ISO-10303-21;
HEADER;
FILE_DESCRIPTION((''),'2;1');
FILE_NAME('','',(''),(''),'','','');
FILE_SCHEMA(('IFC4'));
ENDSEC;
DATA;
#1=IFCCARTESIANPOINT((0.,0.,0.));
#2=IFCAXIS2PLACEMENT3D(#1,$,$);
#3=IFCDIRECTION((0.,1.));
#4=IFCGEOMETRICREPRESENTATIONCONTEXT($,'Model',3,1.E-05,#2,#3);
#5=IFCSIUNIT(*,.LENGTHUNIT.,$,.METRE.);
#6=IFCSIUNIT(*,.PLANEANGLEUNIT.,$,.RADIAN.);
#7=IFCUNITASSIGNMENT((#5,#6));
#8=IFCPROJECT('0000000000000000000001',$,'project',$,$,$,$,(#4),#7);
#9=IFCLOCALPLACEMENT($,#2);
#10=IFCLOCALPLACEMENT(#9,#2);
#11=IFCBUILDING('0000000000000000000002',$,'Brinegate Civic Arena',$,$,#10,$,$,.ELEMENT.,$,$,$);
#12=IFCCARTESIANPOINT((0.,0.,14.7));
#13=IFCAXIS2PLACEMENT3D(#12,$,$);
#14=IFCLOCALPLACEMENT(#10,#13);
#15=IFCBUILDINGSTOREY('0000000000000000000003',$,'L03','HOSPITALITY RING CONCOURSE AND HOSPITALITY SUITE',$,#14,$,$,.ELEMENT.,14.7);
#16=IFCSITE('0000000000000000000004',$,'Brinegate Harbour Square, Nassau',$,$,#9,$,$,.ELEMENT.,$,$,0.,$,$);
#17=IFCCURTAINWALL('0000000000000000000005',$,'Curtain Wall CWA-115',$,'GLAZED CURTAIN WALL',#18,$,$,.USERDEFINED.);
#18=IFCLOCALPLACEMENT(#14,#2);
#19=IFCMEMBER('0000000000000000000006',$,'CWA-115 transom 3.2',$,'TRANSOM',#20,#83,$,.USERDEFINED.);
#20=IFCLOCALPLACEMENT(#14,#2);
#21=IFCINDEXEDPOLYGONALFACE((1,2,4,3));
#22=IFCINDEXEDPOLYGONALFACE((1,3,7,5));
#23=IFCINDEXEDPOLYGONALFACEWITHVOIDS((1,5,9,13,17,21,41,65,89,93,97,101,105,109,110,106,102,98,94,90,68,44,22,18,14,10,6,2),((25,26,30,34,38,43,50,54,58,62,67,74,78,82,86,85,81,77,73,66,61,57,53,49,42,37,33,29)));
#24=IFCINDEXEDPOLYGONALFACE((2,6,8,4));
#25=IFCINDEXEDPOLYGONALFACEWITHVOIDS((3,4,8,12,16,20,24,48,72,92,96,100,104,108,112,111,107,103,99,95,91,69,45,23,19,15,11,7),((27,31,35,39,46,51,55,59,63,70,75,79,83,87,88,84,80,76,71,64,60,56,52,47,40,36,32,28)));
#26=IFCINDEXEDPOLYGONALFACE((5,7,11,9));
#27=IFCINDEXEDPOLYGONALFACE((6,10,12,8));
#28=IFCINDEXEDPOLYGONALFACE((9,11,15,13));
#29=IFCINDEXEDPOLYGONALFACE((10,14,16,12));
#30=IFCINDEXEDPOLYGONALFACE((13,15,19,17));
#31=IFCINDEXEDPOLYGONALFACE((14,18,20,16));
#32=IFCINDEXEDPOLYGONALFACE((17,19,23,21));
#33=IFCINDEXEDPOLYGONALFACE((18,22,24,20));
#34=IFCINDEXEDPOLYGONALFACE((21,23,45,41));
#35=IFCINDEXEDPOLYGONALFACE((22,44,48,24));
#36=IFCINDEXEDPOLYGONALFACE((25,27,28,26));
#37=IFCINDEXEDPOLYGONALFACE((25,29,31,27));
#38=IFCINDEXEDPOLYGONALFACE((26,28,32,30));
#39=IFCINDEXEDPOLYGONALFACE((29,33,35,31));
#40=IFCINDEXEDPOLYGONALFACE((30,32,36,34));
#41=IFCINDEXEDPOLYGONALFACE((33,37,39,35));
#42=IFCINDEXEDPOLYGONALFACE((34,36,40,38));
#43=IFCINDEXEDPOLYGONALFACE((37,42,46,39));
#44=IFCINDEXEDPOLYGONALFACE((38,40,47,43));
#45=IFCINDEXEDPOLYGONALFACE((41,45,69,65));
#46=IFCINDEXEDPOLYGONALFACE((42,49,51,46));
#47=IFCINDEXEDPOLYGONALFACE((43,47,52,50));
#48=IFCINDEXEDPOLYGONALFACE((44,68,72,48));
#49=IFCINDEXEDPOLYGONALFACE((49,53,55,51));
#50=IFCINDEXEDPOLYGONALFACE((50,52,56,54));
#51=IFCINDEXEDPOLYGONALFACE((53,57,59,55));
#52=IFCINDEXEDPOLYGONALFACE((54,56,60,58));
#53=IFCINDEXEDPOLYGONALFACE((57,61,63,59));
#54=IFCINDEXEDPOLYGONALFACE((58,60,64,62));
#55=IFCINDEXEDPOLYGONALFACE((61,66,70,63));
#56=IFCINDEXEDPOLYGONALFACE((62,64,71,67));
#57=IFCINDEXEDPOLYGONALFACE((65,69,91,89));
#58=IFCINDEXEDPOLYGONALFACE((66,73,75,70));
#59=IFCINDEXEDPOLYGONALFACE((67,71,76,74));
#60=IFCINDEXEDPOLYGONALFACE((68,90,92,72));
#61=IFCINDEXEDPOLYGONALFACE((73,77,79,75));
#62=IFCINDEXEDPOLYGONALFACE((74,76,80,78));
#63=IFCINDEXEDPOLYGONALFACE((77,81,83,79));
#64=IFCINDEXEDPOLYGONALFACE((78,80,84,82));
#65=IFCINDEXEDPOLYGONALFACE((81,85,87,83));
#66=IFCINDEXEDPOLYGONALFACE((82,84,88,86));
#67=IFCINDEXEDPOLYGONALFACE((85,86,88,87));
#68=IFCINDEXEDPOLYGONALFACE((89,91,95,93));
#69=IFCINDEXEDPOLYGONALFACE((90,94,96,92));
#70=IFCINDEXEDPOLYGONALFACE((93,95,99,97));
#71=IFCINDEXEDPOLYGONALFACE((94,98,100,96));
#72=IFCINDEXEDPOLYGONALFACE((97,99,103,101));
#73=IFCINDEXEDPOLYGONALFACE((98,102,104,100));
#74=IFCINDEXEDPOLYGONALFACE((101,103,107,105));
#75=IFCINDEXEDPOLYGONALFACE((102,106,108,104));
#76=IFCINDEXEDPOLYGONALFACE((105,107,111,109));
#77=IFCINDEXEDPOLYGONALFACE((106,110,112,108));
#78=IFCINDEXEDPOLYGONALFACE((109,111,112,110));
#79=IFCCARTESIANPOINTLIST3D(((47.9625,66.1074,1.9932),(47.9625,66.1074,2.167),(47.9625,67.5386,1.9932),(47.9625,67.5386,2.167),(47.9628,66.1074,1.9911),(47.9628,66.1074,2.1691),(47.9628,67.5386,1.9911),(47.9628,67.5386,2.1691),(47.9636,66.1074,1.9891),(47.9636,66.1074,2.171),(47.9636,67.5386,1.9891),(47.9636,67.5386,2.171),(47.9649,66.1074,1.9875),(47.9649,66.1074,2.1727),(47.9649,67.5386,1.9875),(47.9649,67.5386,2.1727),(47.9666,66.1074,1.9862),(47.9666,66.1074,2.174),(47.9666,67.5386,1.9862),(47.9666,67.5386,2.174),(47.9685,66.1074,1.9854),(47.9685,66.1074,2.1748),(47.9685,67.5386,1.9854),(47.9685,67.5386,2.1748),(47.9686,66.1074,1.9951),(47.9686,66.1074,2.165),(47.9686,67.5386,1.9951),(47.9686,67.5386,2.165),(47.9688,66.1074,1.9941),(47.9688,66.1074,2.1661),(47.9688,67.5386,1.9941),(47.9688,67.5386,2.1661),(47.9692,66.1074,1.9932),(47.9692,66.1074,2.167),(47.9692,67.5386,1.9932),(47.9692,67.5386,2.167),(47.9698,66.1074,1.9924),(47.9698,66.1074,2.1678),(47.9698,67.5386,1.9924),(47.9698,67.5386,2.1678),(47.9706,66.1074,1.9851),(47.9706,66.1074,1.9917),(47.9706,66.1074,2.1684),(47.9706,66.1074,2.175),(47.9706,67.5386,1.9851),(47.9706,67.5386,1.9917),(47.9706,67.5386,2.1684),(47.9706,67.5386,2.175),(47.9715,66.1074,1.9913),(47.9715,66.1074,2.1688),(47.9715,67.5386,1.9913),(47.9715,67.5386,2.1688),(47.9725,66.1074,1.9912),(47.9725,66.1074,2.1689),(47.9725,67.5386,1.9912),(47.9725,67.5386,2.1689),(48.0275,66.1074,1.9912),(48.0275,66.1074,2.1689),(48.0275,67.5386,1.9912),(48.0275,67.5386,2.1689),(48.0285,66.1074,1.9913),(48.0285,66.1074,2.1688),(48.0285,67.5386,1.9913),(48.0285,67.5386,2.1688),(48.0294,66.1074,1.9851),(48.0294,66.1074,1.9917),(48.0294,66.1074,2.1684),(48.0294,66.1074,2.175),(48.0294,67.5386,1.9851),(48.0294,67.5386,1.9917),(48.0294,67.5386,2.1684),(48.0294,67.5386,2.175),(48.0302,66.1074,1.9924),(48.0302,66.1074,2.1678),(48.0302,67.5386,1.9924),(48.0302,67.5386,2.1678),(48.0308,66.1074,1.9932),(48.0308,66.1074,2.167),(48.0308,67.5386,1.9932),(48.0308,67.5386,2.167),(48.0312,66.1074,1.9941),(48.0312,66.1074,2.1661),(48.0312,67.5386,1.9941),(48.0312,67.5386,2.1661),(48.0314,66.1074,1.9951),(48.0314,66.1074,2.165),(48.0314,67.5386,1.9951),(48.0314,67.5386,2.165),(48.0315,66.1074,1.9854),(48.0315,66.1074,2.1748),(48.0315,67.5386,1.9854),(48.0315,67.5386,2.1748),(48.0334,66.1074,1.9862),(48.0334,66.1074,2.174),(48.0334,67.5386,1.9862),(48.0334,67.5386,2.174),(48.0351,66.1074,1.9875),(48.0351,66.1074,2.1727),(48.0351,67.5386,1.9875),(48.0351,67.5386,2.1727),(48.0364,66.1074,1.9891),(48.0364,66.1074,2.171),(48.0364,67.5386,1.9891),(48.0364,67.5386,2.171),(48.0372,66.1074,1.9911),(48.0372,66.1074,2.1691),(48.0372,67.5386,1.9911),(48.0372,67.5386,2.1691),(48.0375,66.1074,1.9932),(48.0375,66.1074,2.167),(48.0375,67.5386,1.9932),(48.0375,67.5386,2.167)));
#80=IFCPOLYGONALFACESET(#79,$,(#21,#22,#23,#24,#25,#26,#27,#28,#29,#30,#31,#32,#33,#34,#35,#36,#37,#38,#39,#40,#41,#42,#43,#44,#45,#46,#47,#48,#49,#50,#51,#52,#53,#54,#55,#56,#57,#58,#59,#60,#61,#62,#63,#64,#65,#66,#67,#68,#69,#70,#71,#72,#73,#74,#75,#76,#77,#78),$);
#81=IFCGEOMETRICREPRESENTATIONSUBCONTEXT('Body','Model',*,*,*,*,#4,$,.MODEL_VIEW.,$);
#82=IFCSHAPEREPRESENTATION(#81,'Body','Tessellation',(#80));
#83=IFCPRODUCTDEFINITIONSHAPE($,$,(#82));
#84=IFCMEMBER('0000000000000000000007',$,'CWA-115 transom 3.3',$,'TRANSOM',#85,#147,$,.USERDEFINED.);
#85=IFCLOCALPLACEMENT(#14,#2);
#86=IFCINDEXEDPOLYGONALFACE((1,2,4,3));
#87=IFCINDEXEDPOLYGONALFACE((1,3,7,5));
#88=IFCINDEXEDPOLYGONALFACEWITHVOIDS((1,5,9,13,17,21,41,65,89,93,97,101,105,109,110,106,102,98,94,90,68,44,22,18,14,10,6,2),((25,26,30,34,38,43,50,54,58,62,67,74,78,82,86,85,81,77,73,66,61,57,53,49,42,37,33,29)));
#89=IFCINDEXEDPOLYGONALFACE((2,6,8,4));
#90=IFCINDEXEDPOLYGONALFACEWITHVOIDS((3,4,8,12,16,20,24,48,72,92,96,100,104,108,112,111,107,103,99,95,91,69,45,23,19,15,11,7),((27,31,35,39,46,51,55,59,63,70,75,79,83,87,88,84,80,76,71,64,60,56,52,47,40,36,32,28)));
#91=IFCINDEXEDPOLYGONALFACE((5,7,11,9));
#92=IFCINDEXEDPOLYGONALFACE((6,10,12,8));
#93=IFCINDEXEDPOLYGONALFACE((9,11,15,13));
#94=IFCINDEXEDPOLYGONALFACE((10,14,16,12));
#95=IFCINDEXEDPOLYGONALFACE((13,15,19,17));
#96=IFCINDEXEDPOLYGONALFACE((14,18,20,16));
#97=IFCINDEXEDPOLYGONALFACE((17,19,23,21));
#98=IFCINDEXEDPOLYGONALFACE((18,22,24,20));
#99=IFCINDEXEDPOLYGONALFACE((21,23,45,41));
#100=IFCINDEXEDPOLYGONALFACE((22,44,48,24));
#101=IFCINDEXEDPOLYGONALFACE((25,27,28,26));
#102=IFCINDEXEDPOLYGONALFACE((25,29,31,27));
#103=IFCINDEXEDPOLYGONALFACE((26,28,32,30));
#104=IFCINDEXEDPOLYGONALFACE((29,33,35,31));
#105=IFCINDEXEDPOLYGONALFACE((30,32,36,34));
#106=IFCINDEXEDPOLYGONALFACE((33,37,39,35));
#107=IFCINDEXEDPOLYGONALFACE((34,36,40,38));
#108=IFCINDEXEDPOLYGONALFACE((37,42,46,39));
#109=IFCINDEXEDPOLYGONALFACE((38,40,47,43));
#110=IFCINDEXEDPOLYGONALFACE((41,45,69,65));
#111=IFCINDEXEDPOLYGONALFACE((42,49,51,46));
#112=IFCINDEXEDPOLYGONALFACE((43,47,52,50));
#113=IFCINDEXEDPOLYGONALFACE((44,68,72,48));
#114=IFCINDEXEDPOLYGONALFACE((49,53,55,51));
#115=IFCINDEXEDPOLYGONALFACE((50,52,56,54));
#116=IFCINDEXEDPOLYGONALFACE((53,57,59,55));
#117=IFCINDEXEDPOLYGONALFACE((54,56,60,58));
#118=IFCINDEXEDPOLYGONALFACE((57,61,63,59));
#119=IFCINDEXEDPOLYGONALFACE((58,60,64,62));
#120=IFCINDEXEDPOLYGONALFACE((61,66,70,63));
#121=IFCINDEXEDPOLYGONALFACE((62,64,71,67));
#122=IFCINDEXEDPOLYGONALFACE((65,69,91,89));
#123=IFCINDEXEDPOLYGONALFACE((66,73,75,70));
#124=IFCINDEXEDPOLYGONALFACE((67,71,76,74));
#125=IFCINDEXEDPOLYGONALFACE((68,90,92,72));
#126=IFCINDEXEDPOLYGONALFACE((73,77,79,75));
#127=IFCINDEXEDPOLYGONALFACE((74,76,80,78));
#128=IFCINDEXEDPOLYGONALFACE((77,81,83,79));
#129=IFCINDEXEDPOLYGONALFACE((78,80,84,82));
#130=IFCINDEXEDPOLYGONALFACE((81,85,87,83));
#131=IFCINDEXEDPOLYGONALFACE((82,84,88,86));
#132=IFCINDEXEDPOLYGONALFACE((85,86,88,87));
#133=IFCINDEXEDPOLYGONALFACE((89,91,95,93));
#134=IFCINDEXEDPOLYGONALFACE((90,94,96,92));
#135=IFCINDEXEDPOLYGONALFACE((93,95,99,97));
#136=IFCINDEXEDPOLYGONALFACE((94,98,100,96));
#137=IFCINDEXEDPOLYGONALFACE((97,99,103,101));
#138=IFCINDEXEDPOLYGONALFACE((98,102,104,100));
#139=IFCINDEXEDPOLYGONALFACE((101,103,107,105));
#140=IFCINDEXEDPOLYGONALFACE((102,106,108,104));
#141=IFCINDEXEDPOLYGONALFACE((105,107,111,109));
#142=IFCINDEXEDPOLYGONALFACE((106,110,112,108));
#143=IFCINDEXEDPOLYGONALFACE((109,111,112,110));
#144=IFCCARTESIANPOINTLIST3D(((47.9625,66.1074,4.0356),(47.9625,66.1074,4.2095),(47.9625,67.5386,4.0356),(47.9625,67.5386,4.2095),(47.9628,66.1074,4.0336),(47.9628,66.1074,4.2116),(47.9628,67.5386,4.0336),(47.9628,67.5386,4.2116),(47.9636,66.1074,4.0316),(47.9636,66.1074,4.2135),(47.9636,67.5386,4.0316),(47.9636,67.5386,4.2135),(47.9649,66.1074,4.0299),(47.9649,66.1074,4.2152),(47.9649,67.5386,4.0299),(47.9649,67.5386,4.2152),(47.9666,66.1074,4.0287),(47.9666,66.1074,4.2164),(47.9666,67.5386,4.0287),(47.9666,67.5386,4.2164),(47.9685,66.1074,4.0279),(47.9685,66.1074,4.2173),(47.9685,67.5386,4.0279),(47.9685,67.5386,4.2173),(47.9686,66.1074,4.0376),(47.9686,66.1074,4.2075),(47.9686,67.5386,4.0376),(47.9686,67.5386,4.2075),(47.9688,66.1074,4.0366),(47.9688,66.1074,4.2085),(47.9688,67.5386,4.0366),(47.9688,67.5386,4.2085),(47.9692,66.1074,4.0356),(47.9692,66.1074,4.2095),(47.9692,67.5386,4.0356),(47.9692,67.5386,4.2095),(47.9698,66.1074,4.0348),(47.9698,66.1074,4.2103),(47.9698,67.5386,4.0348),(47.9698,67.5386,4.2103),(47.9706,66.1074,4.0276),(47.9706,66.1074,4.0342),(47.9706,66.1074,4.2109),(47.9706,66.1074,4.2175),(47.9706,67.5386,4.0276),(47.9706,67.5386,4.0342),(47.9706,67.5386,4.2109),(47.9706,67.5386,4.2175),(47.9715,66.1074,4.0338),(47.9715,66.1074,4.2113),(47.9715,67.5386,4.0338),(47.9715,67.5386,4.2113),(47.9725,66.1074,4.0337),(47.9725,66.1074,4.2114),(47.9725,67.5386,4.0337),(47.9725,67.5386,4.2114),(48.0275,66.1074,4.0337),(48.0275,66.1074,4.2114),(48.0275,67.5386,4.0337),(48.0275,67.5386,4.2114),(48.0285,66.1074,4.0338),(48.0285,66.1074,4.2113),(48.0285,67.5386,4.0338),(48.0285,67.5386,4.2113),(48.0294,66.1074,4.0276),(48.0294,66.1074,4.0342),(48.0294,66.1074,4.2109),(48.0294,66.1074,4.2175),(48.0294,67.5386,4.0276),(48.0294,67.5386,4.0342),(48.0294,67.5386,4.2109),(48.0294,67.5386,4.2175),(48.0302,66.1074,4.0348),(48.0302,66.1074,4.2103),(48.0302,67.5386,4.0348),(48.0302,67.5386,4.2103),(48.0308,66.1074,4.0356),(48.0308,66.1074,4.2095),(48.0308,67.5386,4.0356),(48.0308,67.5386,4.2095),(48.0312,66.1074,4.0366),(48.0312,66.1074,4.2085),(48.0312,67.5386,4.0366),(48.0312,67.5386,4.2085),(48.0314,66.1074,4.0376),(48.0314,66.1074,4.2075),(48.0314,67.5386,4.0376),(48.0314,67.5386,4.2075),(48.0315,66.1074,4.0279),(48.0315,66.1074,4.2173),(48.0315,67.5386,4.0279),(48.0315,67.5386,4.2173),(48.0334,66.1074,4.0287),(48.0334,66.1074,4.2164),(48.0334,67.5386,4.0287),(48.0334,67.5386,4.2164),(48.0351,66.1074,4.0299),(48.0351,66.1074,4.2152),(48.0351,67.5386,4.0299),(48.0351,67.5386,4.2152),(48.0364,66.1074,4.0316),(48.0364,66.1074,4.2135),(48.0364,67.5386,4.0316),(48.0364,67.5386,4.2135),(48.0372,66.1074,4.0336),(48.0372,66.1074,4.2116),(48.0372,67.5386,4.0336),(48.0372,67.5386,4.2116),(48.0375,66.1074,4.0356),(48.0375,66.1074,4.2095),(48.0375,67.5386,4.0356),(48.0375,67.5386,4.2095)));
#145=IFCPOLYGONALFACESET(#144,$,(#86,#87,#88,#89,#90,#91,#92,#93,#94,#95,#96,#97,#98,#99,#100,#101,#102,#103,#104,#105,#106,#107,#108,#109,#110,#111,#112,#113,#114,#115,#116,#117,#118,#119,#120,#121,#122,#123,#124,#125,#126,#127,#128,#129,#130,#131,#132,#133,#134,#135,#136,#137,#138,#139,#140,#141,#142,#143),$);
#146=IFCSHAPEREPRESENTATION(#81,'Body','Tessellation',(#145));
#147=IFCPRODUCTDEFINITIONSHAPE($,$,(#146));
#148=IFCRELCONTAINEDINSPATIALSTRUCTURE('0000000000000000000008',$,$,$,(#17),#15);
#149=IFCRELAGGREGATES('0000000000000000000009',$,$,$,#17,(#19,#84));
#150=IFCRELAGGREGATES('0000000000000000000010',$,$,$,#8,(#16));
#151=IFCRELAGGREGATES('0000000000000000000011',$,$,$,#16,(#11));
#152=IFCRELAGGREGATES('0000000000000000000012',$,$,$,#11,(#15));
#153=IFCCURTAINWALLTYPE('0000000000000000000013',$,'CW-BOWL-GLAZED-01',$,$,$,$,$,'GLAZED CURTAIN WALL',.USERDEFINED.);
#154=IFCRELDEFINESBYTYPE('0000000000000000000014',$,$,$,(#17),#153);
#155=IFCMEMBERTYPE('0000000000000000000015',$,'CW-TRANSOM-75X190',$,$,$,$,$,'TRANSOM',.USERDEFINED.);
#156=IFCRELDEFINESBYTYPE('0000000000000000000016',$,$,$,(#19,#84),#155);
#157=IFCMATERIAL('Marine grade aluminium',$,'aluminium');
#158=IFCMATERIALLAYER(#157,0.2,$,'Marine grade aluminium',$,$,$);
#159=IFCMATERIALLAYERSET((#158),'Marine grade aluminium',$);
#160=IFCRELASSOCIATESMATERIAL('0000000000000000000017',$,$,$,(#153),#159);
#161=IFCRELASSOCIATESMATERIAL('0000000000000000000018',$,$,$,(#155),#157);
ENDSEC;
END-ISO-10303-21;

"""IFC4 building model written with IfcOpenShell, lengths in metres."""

from ifc_helpers import new_model, si_unit, direction, frame, origin, origin_2d, place, context, subcontext, project, spatial, hollow_rectangle, extrude, material, layer, layer_set, material_profile, profile_set, type_object, element, aggregate, save


model = new_model("IFC4")

# Units and contexts
model_context = context("Model", 3, precision=1e-05, world=origin(), true_north=direction((0.0, 1.0)))
body_context = subcontext(model_context, "Body", "Model", "MODEL_VIEW")
ifc_project = project(units=[si_unit("LENGTHUNIT", "METRE"), si_unit("PLANEANGLEUNIT", "RADIAN")], contexts=[model_context])

# Site, building, storey
site_placement = place(None, origin())
site = spatial("IfcSite", under=ifc_project, at=site_placement, Name="Brinegate Harbour Square, Nassau", CompositionType="ELEMENT", RefElevation=0.0)
building_placement = place(site_placement, origin())
building = spatial("IfcBuilding", under=site, at=building_placement, Name="Brinegate Civic Arena", CompositionType="ELEMENT")
storey_placement = place(building_placement, frame((0.0, 0.0, 14.7)))
storey = spatial("IfcBuildingStorey", under=building, at=storey_placement, Name="L03", Description="HOSPITALITY RING CONCOURSE AND HOSPITALITY SUITE", CompositionType="ELEMENT", Elevation=14.7)

# Curtain wall
ifc_material_1 = material(Name="Marine grade aluminium", Category="aluminium")
ifc_layer_1 = layer(ifc_material_1, 0.2, Name="Marine grade aluminium")
ifc_layer_set_1 = layer_set([ifc_layer_1], Name="Marine grade aluminium")
curtain_wall_type = type_object("IfcCurtainWallType", Name="CW-BOWL-GLAZED-01", ElementType="GLAZED CURTAIN WALL", PredefinedType="USERDEFINED", material=ifc_layer_set_1)
curtain_wall_1_placement = place(storey_placement, origin())
curtain_wall_1 = element("IfcCurtainWall", 1, at=curtain_wall_1_placement, inside=storey, type_object=curtain_wall_type, Name="Curtain Wall CWA-115", ObjectType="GLAZED CURTAIN WALL", PredefinedType="USERDEFINED")

# Members
ifc_material_profile_1 = material_profile(ifc_material_1, hollow_rectangle(XDim=0.075, YDim=0.1899, WallThickness=0.0061, InnerFilletRadius=0.0039, OuterFilletRadius=0.0081, at=origin_2d()), Name="TRN75X190")
ifc_profile_set_1 = profile_set([ifc_material_profile_1], Name="Marine grade aluminium")
member_type_1 = type_object("IfcMemberType", Name="CW-TRANSOM-75X190", ElementType="TRANSOM", PredefinedType="USERDEFINED", material=ifc_profile_set_1)
member_1_placement = place(storey_placement, frame((48.0, 66.1074, 2.0801), z_axis=(0.0, 1.0, 0.0), x_axis=(-1.0, 0.0, 0.0)))
member_1 = element("IfcMember", 2, at=member_1_placement, type_object=member_type_1, Name="CWA-115 transom 3.2", ObjectType="TRANSOM", PredefinedType="USERDEFINED", context=body_context, shape_type="SweptSolid", body=[
    extrude(hollow_rectangle(XDim=0.075, YDim=0.1899, WallThickness=0.0061, InnerFilletRadius=0.0039, OuterFilletRadius=0.0081, at=origin_2d()), origin(), (0.0, 0.0, 1.0), 1.4312),
])
member_2_placement = place(storey_placement, frame((48.0, 66.1074, 4.1226), z_axis=(0.0, 1.0, 0.0), x_axis=(-1.0, 0.0, 0.0)))
member_2 = element("IfcMember", 3, at=member_2_placement, type_object=member_type_1, Name="CWA-115 transom 3.3", ObjectType="TRANSOM", PredefinedType="USERDEFINED", context=body_context, shape_type="SweptSolid", body=[
    extrude(hollow_rectangle(XDim=0.075, YDim=0.1899, WallThickness=0.0061, InnerFilletRadius=0.0039, OuterFilletRadius=0.0081, at=origin_2d()), origin(), (0.0, 0.0, 1.0), 1.4312),
])

aggregate(curtain_wall_1, [member_1, member_2])

save(model, "model.ifc")
